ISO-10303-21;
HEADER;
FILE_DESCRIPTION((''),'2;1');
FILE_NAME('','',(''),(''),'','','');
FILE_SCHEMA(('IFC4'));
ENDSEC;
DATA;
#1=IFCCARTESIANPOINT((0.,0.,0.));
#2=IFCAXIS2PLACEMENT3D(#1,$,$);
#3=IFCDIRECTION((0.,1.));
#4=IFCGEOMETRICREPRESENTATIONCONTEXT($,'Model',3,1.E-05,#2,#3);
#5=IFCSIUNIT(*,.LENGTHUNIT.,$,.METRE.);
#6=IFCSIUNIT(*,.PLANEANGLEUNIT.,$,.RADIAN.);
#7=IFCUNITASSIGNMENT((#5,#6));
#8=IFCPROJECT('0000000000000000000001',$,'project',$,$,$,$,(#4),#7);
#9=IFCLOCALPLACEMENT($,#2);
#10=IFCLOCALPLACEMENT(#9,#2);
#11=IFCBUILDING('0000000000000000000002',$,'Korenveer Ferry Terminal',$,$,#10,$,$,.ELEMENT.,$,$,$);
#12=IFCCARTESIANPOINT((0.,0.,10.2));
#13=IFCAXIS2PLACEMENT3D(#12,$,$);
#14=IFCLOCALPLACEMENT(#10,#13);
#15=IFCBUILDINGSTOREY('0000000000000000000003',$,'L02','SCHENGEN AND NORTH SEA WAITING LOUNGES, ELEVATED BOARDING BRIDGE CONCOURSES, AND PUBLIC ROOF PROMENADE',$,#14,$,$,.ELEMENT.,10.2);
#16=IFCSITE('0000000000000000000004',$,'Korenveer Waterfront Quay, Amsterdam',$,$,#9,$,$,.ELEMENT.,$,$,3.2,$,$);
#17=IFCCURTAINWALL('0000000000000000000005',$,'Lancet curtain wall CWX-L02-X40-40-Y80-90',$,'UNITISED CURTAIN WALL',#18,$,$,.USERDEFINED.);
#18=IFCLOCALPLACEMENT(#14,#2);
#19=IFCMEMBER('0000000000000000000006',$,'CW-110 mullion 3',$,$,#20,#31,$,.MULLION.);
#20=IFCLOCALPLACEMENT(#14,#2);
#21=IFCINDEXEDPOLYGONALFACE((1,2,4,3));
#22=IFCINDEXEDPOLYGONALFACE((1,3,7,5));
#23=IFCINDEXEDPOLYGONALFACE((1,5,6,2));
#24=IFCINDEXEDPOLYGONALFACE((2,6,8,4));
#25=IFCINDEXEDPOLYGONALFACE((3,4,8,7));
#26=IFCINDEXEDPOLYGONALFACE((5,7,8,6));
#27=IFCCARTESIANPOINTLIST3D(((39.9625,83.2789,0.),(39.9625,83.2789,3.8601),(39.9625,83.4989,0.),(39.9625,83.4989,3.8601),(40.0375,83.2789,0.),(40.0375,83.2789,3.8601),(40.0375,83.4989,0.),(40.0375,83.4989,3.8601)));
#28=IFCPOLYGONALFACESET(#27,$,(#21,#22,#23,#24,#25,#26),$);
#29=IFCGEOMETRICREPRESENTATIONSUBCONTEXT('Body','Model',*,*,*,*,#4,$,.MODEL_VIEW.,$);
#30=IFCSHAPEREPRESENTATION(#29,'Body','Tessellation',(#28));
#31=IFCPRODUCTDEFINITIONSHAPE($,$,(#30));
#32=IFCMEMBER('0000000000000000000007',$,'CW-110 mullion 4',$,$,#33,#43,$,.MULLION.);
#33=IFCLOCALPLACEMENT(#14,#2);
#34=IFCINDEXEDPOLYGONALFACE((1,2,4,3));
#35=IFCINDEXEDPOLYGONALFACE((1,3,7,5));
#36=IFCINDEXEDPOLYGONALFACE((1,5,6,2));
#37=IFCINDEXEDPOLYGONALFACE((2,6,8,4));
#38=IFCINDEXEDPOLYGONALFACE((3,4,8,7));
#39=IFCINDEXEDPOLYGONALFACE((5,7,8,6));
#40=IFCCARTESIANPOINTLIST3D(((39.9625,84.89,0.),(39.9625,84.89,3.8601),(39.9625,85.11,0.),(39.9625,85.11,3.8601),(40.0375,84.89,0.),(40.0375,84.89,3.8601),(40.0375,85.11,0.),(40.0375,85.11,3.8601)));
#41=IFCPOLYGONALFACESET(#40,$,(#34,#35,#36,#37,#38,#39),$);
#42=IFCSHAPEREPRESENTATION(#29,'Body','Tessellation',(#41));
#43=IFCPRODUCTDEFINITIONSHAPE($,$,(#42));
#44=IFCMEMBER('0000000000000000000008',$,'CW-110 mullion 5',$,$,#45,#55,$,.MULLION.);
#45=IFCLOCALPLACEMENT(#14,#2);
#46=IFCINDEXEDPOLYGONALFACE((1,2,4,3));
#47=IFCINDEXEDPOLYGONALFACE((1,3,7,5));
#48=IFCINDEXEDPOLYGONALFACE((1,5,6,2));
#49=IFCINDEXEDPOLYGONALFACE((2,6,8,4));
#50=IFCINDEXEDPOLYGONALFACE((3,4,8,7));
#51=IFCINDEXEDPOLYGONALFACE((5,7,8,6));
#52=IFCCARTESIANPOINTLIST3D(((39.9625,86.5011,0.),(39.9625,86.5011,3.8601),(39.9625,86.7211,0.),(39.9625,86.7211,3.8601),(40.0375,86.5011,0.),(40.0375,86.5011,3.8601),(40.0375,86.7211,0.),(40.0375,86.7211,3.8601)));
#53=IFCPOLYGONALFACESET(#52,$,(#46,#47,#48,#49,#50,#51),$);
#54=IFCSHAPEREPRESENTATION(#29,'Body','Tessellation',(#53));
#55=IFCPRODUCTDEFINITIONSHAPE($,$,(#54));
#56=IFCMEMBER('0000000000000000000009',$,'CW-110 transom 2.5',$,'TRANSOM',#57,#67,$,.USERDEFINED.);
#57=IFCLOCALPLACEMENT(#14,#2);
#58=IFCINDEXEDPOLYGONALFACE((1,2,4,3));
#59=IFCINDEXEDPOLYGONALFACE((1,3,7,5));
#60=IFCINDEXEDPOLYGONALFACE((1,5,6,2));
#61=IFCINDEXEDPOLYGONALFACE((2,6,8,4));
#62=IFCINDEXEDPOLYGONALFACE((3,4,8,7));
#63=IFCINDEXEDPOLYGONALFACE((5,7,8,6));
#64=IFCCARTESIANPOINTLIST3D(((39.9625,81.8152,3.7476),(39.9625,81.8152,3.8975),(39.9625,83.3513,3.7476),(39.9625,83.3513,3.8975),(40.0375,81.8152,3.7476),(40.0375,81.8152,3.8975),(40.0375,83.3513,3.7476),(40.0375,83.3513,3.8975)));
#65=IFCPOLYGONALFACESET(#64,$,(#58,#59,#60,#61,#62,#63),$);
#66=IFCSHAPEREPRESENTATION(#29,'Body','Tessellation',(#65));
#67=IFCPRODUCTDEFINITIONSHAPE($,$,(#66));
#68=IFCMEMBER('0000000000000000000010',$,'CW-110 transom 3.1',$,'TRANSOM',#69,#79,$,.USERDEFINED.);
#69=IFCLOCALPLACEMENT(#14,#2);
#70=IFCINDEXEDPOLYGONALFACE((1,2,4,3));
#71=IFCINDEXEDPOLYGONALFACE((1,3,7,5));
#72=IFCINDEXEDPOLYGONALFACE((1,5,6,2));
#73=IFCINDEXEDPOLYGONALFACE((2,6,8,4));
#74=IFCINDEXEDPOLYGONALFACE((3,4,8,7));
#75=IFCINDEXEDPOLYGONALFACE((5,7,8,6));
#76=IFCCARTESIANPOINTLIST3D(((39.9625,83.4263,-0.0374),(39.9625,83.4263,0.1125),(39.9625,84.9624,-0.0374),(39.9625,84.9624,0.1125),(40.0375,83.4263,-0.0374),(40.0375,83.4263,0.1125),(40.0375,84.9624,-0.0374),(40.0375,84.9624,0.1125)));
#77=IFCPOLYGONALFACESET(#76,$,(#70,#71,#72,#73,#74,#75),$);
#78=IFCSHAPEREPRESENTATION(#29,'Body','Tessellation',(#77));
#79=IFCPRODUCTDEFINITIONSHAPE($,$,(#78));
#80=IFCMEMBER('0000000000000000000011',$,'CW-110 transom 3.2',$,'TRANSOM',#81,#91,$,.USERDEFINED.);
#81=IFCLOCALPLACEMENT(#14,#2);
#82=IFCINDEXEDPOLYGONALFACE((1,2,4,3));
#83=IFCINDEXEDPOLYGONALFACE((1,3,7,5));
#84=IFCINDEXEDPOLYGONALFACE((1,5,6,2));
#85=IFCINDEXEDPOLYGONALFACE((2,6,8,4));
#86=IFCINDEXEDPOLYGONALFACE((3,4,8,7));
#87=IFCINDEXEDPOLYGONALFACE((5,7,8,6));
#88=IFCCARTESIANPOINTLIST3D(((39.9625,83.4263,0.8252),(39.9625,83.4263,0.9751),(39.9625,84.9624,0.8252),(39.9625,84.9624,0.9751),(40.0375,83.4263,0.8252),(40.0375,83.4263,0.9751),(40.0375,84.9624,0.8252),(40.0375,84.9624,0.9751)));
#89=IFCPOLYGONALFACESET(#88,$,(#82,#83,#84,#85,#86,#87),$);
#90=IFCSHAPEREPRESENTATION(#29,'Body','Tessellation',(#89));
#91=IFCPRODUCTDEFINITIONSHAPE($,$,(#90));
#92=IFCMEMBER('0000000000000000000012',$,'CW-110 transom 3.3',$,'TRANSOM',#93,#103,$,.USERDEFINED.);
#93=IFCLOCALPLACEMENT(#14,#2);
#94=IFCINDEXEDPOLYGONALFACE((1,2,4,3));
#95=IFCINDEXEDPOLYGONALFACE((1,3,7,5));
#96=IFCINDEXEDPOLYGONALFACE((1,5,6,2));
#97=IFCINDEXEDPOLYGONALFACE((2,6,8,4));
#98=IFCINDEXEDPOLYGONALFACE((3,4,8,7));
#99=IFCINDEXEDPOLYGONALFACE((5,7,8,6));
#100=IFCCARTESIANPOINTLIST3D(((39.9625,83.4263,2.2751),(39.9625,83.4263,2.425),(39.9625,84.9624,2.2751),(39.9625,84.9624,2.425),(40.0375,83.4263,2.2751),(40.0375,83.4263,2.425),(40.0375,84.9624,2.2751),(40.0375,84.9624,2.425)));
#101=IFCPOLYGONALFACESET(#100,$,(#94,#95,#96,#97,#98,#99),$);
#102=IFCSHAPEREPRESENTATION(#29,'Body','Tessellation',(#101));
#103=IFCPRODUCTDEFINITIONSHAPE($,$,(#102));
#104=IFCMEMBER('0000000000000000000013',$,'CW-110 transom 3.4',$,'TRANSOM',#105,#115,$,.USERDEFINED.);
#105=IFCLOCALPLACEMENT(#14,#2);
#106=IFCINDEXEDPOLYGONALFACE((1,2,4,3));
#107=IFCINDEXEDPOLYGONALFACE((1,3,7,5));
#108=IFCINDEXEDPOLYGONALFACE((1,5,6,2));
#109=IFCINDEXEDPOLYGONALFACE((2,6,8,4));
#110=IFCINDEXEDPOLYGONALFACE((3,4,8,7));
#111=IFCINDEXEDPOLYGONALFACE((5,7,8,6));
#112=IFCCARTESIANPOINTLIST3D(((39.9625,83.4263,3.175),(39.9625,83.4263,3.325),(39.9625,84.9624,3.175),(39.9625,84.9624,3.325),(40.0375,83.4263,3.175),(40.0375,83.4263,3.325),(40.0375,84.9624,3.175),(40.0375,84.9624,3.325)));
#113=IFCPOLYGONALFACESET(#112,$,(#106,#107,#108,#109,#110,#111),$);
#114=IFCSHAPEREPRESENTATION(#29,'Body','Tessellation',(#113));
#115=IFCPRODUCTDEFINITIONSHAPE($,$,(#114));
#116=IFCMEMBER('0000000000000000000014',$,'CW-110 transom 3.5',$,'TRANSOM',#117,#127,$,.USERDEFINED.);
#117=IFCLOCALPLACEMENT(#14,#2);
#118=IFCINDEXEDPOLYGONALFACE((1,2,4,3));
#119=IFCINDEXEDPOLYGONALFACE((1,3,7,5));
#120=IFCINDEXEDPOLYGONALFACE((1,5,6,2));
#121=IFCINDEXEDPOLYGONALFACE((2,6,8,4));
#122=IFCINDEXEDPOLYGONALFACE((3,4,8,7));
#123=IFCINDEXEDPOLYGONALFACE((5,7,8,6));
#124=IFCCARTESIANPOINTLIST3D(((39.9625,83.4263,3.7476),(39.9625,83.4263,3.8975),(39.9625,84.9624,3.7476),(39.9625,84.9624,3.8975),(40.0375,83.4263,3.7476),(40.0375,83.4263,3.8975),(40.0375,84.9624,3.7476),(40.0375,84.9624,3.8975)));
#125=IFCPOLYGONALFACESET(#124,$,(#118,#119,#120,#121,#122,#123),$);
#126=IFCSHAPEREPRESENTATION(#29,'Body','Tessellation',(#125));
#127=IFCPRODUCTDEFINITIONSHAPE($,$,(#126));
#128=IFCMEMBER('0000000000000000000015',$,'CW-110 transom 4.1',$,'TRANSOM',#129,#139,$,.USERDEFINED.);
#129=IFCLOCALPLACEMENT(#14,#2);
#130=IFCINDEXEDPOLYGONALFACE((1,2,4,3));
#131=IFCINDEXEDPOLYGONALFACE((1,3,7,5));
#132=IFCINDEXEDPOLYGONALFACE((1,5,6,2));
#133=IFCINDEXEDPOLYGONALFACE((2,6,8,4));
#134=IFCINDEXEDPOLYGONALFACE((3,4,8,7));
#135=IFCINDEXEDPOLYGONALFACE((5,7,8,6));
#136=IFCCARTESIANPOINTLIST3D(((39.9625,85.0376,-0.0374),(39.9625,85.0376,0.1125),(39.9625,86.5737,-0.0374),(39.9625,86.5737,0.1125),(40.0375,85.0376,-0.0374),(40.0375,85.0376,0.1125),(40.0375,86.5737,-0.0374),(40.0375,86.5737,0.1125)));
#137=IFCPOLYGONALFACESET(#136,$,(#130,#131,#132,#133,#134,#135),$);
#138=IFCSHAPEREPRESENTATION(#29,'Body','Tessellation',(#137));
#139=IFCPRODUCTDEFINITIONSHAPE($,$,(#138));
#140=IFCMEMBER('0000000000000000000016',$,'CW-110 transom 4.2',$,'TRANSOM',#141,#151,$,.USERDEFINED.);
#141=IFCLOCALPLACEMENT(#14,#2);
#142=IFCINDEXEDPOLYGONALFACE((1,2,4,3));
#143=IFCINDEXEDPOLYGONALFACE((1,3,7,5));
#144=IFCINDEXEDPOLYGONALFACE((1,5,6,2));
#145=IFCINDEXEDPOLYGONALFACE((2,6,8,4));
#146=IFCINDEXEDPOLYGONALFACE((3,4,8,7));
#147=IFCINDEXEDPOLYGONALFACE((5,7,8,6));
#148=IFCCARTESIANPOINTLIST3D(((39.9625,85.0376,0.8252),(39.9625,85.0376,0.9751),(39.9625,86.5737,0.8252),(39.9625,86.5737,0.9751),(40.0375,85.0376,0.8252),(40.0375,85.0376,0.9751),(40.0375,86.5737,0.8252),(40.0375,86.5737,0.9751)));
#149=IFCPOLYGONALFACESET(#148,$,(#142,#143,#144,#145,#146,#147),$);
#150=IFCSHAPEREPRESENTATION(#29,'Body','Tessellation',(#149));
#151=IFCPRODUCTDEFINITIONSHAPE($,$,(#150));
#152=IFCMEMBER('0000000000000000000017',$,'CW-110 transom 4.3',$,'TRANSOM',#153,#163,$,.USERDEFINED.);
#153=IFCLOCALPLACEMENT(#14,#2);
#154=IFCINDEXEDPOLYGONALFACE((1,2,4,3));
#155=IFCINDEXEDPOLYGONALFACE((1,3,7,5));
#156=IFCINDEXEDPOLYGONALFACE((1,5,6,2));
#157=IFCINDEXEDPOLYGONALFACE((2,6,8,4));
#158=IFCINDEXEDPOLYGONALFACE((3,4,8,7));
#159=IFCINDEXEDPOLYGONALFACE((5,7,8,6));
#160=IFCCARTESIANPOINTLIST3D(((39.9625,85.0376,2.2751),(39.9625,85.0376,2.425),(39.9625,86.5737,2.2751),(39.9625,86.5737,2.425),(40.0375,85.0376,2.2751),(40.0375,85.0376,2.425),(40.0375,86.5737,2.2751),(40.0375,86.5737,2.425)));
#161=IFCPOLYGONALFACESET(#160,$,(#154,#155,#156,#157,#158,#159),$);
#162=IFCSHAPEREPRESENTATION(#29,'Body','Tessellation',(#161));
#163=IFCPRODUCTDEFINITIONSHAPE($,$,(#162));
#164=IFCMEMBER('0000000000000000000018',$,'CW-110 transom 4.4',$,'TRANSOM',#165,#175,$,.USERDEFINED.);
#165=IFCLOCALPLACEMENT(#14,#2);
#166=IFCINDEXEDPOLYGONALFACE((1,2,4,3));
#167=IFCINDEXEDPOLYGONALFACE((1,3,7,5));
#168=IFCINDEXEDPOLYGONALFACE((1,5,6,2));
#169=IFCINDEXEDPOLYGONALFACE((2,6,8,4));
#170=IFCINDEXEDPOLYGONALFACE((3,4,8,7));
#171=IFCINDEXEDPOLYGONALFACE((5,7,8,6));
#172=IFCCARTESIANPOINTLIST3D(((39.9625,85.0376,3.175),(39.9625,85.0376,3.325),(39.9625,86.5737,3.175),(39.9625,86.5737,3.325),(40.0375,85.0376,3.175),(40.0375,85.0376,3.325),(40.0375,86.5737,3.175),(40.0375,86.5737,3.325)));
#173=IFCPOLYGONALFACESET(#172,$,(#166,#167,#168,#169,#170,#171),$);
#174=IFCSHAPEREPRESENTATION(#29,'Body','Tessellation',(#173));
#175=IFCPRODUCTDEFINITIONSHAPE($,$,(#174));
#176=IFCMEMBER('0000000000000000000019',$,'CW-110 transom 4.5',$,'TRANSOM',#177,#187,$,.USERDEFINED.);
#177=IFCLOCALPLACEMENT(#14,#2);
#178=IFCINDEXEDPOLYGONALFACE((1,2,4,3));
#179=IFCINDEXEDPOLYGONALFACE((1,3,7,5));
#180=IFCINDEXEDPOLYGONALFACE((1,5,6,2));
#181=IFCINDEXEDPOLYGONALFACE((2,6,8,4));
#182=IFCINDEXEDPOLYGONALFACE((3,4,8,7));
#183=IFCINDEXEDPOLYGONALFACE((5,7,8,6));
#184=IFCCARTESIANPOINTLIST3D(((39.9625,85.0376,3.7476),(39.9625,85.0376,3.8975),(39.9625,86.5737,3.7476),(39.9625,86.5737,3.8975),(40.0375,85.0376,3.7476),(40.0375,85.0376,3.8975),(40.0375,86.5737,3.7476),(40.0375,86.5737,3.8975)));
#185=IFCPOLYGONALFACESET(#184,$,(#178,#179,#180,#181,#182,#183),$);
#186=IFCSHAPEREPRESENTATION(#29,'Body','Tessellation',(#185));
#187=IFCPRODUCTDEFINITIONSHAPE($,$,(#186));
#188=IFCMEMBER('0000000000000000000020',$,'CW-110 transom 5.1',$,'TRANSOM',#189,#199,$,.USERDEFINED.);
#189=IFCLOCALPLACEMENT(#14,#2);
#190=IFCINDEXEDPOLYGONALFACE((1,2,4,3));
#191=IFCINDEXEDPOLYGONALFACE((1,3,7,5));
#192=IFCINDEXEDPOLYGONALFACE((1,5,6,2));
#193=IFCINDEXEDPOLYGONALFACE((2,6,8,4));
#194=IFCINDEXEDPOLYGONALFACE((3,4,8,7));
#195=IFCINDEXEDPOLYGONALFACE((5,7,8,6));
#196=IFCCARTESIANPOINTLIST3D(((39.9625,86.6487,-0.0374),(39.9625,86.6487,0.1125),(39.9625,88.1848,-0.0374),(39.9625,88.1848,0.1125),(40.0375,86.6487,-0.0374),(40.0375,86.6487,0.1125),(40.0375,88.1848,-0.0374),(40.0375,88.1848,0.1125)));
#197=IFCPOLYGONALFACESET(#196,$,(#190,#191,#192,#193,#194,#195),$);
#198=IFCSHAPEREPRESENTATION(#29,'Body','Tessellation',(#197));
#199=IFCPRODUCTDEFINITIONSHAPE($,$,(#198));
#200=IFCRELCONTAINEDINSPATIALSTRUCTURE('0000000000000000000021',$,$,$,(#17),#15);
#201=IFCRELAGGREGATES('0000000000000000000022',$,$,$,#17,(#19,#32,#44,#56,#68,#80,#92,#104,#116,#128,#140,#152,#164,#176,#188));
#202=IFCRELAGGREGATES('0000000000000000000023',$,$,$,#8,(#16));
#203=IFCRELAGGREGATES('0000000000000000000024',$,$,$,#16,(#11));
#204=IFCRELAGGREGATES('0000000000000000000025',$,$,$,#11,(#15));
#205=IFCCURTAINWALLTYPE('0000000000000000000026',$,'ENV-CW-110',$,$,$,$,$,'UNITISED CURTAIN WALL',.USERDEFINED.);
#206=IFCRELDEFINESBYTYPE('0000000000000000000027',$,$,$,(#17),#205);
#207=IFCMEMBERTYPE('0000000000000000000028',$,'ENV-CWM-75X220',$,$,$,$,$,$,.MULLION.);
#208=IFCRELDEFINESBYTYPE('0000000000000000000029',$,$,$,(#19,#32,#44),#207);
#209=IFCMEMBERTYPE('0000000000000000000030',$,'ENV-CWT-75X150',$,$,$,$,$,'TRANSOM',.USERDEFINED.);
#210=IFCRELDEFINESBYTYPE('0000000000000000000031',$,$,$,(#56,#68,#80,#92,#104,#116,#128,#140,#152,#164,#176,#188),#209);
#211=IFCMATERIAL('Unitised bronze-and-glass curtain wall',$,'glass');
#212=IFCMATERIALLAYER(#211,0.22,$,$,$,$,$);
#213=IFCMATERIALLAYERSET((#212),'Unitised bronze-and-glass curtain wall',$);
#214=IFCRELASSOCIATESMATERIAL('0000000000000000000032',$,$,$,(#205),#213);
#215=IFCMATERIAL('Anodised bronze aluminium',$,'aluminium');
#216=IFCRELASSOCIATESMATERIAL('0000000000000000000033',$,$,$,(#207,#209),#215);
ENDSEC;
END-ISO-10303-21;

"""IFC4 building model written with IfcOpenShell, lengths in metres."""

from ifc_helpers import new_model, si_unit, direction, frame, origin, origin_2d, place, context, subcontext, project, spatial, rectangle, extrude, material, layer, layer_set, material_profile, profile_set, type_object, element, aggregate, save


model = new_model("IFC4")

# Units and contexts
model_context = context("Model", 3, precision=1e-05, world=origin(), true_north=direction((0.0, 1.0)))
body_context = subcontext(model_context, "Body", "Model", "MODEL_VIEW")
ifc_project = project(units=[si_unit("LENGTHUNIT", "METRE"), si_unit("PLANEANGLEUNIT", "RADIAN")], contexts=[model_context])

# Site, building, storey
site_placement = place(None, origin())
site = spatial("IfcSite", under=ifc_project, at=site_placement, Name="Korenveer Waterfront Quay, Amsterdam", CompositionType="ELEMENT", RefElevation=3.2)
building_placement = place(site_placement, origin())
building = spatial("IfcBuilding", under=site, at=building_placement, Name="Korenveer Ferry Terminal", CompositionType="ELEMENT")
storey_placement = place(building_placement, frame((0.0, 0.0, 10.2)))
storey = spatial("IfcBuildingStorey", under=building, at=storey_placement, Name="L02", Description="SCHENGEN AND NORTH SEA WAITING LOUNGES, ELEVATED BOARDING BRIDGE CONCOURSES, AND PUBLIC ROOF PROMENADE", CompositionType="ELEMENT", Elevation=10.2)

# Curtain wall, members
ifc_material_1 = material(Name="Unitised bronze-and-glass curtain wall", Category="glass")
ifc_layer_1 = layer(ifc_material_1, 0.22)
ifc_layer_set_1 = layer_set([ifc_layer_1], Name="Unitised bronze-and-glass curtain wall")
curtain_wall_type = type_object("IfcCurtainWallType", Name="ENV-CW-110", ElementType="UNITISED CURTAIN WALL", PredefinedType="USERDEFINED", material=ifc_layer_set_1)
curtain_wall_placement = place(storey_placement, frame((40.0, 80.1665, 0.0)))
curtain_wall = element("IfcCurtainWall", 1, at=curtain_wall_placement, inside=storey, type_object=curtain_wall_type, Name="Lancet curtain wall CWX-L02-X40-40-Y80-90", ObjectType="UNITISED CURTAIN WALL", PredefinedType="USERDEFINED")
ifc_material_2 = material(Name="Anodised bronze aluminium", Category="aluminium")
ifc_material_profile_1 = material_profile(ifc_material_2, rectangle(XDim=0.075, YDim=0.22, at=origin_2d()), Name="ALU 75x220")
ifc_profile_set_1 = profile_set([ifc_material_profile_1], Name="Anodised bronze aluminium")
member_type_1 = type_object("IfcMemberType", Name="ENV-CWM-75X220", PredefinedType="MULLION", material=ifc_profile_set_1)
member_1_placement = place(storey_placement, frame((40.0, 83.3889, 0.0), z_axis=(0.0, 0.0, 1.0), x_axis=(-1.0, 0.0, 0.0)))
member_1 = element("IfcMember", 2, at=member_1_placement, type_object=member_type_1, Name="CW-110 mullion 3", PredefinedType="MULLION", context=body_context, shape_type="SweptSolid", body=[
    extrude(rectangle(XDim=0.075, YDim=0.22, at=origin_2d()), origin(), (0.0, 0.0, 1.0), 3.8601),
])
member_2_placement = place(storey_placement, frame((40.0, 85.0, 0.0), z_axis=(0.0, 0.0, 1.0), x_axis=(-1.0, 0.0, 0.0)))
member_2 = element("IfcMember", 3, at=member_2_placement, type_object=member_type_1, Name="CW-110 mullion 4", PredefinedType="MULLION", context=body_context, shape_type="SweptSolid", body=[
    extrude(rectangle(XDim=0.075, YDim=0.22, at=origin_2d()), origin(), (0.0, 0.0, 1.0), 3.8601),
])
member_3_placement = place(storey_placement, frame((40.0, 86.6111, 0.0), z_axis=(0.0, 0.0, 1.0), x_axis=(-1.0, 0.0, 0.0)))
member_3 = element("IfcMember", 4, at=member_3_placement, type_object=member_type_1, Name="CW-110 mullion 5", PredefinedType="MULLION", context=body_context, shape_type="SweptSolid", body=[
    extrude(rectangle(XDim=0.075, YDim=0.22, at=origin_2d()), origin(), (0.0, 0.0, 1.0), 3.8601),
])
ifc_material_profile_2 = material_profile(ifc_material_2, rectangle(XDim=0.075, YDim=0.1499, at=origin_2d()), Name="ALU 75x150")
ifc_profile_set_2 = profile_set([ifc_material_profile_2], Name="Anodised bronze aluminium")
member_type_2 = type_object("IfcMemberType", Name="ENV-CWT-75X150", ElementType="TRANSOM", PredefinedType="USERDEFINED", material=ifc_profile_set_2)
member_4_placement = place(storey_placement, frame((40.0, 81.8152, 3.8225), z_axis=(0.0, 1.0, 0.0), x_axis=(-1.0, 0.0, 0.0)))
member_4 = element("IfcMember", 5, at=member_4_placement, type_object=member_type_2, Name="CW-110 transom 2.5", ObjectType="TRANSOM", PredefinedType="USERDEFINED", context=body_context, shape_type="SweptSolid", body=[
    extrude(rectangle(XDim=0.075, YDim=0.1499, at=origin_2d()), origin(), (0.0, 0.0, 1.0), 1.5361),
])
member_5_placement = place(storey_placement, frame((40.0, 83.4263, 0.0376), z_axis=(0.0, 1.0, 0.0), x_axis=(-1.0, 0.0, 0.0)))
member_5 = element("IfcMember", 6, at=member_5_placement, type_object=member_type_2, Name="CW-110 transom 3.1", ObjectType="TRANSOM", PredefinedType="USERDEFINED", context=body_context, shape_type="SweptSolid", body=[
    extrude(rectangle(XDim=0.075, YDim=0.1499, at=origin_2d()), origin(), (0.0, 0.0, 1.0), 1.5361),
])
member_6_placement = place(storey_placement, frame((40.0, 83.4263, 0.9001), z_axis=(0.0, 1.0, 0.0), x_axis=(-1.0, 0.0, 0.0)))
member_6 = element("IfcMember", 7, at=member_6_placement, type_object=member_type_2, Name="CW-110 transom 3.2", ObjectType="TRANSOM", PredefinedType="USERDEFINED", context=body_context, shape_type="SweptSolid", body=[
    extrude(rectangle(XDim=0.075, YDim=0.1499, at=origin_2d()), origin(), (0.0, 0.0, 1.0), 1.5361),
])
member_7_placement = place(storey_placement, frame((40.0, 83.4263, 2.3501), z_axis=(0.0, 1.0, 0.0), x_axis=(-1.0, 0.0, 0.0)))
member_7 = element("IfcMember", 8, at=member_7_placement, type_object=member_type_2, Name="CW-110 transom 3.3", ObjectType="TRANSOM", PredefinedType="USERDEFINED", context=body_context, shape_type="SweptSolid", body=[
    extrude(rectangle(XDim=0.075, YDim=0.1499, at=origin_2d()), origin(), (0.0, 0.0, 1.0), 1.5361),
])
member_8_placement = place(storey_placement, frame((40.0, 83.4263, 3.25), z_axis=(0.0, 1.0, 0.0), x_axis=(-1.0, 0.0, 0.0)))
member_8 = element("IfcMember", 9, at=member_8_placement, type_object=member_type_2, Name="CW-110 transom 3.4", ObjectType="TRANSOM", PredefinedType="USERDEFINED", context=body_context, shape_type="SweptSolid", body=[
    extrude(rectangle(XDim=0.075, YDim=0.1499, at=origin_2d()), origin(), (0.0, 0.0, 1.0), 1.5361),
])
member_9_placement = place(storey_placement, frame((40.0, 83.4263, 3.8225), z_axis=(0.0, 1.0, 0.0), x_axis=(-1.0, 0.0, 0.0)))
member_9 = element("IfcMember", 10, at=member_9_placement, type_object=member_type_2, Name="CW-110 transom 3.5", ObjectType="TRANSOM", PredefinedType="USERDEFINED", context=body_context, shape_type="SweptSolid", body=[
    extrude(rectangle(XDim=0.075, YDim=0.1499, at=origin_2d()), origin(), (0.0, 0.0, 1.0), 1.5361),
])
member_10_placement = place(storey_placement, frame((40.0, 85.0376, 0.0376), z_axis=(0.0, 1.0, 0.0), x_axis=(-1.0, 0.0, 0.0)))
member_10 = element("IfcMember", 11, at=member_10_placement, type_object=member_type_2, Name="CW-110 transom 4.1", ObjectType="TRANSOM", PredefinedType="USERDEFINED", context=body_context, shape_type="SweptSolid", body=[
    extrude(rectangle(XDim=0.075, YDim=0.1499, at=origin_2d()), origin(), (0.0, 0.0, 1.0), 1.5361),
])
member_11_placement = place(storey_placement, frame((40.0, 85.0376, 0.9001), z_axis=(0.0, 1.0, 0.0), x_axis=(-1.0, 0.0, 0.0)))
member_11 = element("IfcMember", 12, at=member_11_placement, type_object=member_type_2, Name="CW-110 transom 4.2", ObjectType="TRANSOM", PredefinedType="USERDEFINED", context=body_context, shape_type="SweptSolid", body=[
    extrude(rectangle(XDim=0.075, YDim=0.1499, at=origin_2d()), origin(), (0.0, 0.0, 1.0), 1.5361),
])
member_12_placement = place(storey_placement, frame((40.0, 85.0376, 2.3501), z_axis=(0.0, 1.0, 0.0), x_axis=(-1.0, 0.0, 0.0)))
member_12 = element("IfcMember", 13, at=member_12_placement, type_object=member_type_2, Name="CW-110 transom 4.3", ObjectType="TRANSOM", PredefinedType="USERDEFINED", context=body_context, shape_type="SweptSolid", body=[
    extrude(rectangle(XDim=0.075, YDim=0.1499, at=origin_2d()), origin(), (0.0, 0.0, 1.0), 1.5361),
])
member_13_placement = place(storey_placement, frame((40.0, 85.0376, 3.25), z_axis=(0.0, 1.0, 0.0), x_axis=(-1.0, 0.0, 0.0)))
member_13 = element("IfcMember", 14, at=member_13_placement, type_object=member_type_2, Name="CW-110 transom 4.4", ObjectType="TRANSOM", PredefinedType="USERDEFINED", context=body_context, shape_type="SweptSolid", body=[
    extrude(rectangle(XDim=0.075, YDim=0.1499, at=origin_2d()), origin(), (0.0, 0.0, 1.0), 1.5361),
])
member_14_placement = place(storey_placement, frame((40.0, 85.0376, 3.8225), z_axis=(0.0, 1.0, 0.0), x_axis=(-1.0, 0.0, 0.0)))
member_14 = element("IfcMember", 15, at=member_14_placement, type_object=member_type_2, Name="CW-110 transom 4.5", ObjectType="TRANSOM", PredefinedType="USERDEFINED", context=body_context, shape_type="SweptSolid", body=[
    extrude(rectangle(XDim=0.075, YDim=0.1499, at=origin_2d()), origin(), (0.0, 0.0, 1.0), 1.5361),
])
member_15_placement = place(storey_placement, frame((40.0, 86.6487, 0.0376), z_axis=(0.0, 1.0, 0.0), x_axis=(-1.0, 0.0, 0.0)))
member_15 = element("IfcMember", 16, at=member_15_placement, type_object=member_type_2, Name="CW-110 transom 5.1", ObjectType="TRANSOM", PredefinedType="USERDEFINED", context=body_context, shape_type="SweptSolid", body=[
    extrude(rectangle(XDim=0.075, YDim=0.1499, at=origin_2d()), origin(), (0.0, 0.0, 1.0), 1.5361),
])
aggregate(curtain_wall, [member_1, member_2, member_3, member_4, member_5, member_6, member_7, member_8, member_9, member_10, member_11, member_12, member_13, member_14, member_15])

save(model, "model.ifc")
